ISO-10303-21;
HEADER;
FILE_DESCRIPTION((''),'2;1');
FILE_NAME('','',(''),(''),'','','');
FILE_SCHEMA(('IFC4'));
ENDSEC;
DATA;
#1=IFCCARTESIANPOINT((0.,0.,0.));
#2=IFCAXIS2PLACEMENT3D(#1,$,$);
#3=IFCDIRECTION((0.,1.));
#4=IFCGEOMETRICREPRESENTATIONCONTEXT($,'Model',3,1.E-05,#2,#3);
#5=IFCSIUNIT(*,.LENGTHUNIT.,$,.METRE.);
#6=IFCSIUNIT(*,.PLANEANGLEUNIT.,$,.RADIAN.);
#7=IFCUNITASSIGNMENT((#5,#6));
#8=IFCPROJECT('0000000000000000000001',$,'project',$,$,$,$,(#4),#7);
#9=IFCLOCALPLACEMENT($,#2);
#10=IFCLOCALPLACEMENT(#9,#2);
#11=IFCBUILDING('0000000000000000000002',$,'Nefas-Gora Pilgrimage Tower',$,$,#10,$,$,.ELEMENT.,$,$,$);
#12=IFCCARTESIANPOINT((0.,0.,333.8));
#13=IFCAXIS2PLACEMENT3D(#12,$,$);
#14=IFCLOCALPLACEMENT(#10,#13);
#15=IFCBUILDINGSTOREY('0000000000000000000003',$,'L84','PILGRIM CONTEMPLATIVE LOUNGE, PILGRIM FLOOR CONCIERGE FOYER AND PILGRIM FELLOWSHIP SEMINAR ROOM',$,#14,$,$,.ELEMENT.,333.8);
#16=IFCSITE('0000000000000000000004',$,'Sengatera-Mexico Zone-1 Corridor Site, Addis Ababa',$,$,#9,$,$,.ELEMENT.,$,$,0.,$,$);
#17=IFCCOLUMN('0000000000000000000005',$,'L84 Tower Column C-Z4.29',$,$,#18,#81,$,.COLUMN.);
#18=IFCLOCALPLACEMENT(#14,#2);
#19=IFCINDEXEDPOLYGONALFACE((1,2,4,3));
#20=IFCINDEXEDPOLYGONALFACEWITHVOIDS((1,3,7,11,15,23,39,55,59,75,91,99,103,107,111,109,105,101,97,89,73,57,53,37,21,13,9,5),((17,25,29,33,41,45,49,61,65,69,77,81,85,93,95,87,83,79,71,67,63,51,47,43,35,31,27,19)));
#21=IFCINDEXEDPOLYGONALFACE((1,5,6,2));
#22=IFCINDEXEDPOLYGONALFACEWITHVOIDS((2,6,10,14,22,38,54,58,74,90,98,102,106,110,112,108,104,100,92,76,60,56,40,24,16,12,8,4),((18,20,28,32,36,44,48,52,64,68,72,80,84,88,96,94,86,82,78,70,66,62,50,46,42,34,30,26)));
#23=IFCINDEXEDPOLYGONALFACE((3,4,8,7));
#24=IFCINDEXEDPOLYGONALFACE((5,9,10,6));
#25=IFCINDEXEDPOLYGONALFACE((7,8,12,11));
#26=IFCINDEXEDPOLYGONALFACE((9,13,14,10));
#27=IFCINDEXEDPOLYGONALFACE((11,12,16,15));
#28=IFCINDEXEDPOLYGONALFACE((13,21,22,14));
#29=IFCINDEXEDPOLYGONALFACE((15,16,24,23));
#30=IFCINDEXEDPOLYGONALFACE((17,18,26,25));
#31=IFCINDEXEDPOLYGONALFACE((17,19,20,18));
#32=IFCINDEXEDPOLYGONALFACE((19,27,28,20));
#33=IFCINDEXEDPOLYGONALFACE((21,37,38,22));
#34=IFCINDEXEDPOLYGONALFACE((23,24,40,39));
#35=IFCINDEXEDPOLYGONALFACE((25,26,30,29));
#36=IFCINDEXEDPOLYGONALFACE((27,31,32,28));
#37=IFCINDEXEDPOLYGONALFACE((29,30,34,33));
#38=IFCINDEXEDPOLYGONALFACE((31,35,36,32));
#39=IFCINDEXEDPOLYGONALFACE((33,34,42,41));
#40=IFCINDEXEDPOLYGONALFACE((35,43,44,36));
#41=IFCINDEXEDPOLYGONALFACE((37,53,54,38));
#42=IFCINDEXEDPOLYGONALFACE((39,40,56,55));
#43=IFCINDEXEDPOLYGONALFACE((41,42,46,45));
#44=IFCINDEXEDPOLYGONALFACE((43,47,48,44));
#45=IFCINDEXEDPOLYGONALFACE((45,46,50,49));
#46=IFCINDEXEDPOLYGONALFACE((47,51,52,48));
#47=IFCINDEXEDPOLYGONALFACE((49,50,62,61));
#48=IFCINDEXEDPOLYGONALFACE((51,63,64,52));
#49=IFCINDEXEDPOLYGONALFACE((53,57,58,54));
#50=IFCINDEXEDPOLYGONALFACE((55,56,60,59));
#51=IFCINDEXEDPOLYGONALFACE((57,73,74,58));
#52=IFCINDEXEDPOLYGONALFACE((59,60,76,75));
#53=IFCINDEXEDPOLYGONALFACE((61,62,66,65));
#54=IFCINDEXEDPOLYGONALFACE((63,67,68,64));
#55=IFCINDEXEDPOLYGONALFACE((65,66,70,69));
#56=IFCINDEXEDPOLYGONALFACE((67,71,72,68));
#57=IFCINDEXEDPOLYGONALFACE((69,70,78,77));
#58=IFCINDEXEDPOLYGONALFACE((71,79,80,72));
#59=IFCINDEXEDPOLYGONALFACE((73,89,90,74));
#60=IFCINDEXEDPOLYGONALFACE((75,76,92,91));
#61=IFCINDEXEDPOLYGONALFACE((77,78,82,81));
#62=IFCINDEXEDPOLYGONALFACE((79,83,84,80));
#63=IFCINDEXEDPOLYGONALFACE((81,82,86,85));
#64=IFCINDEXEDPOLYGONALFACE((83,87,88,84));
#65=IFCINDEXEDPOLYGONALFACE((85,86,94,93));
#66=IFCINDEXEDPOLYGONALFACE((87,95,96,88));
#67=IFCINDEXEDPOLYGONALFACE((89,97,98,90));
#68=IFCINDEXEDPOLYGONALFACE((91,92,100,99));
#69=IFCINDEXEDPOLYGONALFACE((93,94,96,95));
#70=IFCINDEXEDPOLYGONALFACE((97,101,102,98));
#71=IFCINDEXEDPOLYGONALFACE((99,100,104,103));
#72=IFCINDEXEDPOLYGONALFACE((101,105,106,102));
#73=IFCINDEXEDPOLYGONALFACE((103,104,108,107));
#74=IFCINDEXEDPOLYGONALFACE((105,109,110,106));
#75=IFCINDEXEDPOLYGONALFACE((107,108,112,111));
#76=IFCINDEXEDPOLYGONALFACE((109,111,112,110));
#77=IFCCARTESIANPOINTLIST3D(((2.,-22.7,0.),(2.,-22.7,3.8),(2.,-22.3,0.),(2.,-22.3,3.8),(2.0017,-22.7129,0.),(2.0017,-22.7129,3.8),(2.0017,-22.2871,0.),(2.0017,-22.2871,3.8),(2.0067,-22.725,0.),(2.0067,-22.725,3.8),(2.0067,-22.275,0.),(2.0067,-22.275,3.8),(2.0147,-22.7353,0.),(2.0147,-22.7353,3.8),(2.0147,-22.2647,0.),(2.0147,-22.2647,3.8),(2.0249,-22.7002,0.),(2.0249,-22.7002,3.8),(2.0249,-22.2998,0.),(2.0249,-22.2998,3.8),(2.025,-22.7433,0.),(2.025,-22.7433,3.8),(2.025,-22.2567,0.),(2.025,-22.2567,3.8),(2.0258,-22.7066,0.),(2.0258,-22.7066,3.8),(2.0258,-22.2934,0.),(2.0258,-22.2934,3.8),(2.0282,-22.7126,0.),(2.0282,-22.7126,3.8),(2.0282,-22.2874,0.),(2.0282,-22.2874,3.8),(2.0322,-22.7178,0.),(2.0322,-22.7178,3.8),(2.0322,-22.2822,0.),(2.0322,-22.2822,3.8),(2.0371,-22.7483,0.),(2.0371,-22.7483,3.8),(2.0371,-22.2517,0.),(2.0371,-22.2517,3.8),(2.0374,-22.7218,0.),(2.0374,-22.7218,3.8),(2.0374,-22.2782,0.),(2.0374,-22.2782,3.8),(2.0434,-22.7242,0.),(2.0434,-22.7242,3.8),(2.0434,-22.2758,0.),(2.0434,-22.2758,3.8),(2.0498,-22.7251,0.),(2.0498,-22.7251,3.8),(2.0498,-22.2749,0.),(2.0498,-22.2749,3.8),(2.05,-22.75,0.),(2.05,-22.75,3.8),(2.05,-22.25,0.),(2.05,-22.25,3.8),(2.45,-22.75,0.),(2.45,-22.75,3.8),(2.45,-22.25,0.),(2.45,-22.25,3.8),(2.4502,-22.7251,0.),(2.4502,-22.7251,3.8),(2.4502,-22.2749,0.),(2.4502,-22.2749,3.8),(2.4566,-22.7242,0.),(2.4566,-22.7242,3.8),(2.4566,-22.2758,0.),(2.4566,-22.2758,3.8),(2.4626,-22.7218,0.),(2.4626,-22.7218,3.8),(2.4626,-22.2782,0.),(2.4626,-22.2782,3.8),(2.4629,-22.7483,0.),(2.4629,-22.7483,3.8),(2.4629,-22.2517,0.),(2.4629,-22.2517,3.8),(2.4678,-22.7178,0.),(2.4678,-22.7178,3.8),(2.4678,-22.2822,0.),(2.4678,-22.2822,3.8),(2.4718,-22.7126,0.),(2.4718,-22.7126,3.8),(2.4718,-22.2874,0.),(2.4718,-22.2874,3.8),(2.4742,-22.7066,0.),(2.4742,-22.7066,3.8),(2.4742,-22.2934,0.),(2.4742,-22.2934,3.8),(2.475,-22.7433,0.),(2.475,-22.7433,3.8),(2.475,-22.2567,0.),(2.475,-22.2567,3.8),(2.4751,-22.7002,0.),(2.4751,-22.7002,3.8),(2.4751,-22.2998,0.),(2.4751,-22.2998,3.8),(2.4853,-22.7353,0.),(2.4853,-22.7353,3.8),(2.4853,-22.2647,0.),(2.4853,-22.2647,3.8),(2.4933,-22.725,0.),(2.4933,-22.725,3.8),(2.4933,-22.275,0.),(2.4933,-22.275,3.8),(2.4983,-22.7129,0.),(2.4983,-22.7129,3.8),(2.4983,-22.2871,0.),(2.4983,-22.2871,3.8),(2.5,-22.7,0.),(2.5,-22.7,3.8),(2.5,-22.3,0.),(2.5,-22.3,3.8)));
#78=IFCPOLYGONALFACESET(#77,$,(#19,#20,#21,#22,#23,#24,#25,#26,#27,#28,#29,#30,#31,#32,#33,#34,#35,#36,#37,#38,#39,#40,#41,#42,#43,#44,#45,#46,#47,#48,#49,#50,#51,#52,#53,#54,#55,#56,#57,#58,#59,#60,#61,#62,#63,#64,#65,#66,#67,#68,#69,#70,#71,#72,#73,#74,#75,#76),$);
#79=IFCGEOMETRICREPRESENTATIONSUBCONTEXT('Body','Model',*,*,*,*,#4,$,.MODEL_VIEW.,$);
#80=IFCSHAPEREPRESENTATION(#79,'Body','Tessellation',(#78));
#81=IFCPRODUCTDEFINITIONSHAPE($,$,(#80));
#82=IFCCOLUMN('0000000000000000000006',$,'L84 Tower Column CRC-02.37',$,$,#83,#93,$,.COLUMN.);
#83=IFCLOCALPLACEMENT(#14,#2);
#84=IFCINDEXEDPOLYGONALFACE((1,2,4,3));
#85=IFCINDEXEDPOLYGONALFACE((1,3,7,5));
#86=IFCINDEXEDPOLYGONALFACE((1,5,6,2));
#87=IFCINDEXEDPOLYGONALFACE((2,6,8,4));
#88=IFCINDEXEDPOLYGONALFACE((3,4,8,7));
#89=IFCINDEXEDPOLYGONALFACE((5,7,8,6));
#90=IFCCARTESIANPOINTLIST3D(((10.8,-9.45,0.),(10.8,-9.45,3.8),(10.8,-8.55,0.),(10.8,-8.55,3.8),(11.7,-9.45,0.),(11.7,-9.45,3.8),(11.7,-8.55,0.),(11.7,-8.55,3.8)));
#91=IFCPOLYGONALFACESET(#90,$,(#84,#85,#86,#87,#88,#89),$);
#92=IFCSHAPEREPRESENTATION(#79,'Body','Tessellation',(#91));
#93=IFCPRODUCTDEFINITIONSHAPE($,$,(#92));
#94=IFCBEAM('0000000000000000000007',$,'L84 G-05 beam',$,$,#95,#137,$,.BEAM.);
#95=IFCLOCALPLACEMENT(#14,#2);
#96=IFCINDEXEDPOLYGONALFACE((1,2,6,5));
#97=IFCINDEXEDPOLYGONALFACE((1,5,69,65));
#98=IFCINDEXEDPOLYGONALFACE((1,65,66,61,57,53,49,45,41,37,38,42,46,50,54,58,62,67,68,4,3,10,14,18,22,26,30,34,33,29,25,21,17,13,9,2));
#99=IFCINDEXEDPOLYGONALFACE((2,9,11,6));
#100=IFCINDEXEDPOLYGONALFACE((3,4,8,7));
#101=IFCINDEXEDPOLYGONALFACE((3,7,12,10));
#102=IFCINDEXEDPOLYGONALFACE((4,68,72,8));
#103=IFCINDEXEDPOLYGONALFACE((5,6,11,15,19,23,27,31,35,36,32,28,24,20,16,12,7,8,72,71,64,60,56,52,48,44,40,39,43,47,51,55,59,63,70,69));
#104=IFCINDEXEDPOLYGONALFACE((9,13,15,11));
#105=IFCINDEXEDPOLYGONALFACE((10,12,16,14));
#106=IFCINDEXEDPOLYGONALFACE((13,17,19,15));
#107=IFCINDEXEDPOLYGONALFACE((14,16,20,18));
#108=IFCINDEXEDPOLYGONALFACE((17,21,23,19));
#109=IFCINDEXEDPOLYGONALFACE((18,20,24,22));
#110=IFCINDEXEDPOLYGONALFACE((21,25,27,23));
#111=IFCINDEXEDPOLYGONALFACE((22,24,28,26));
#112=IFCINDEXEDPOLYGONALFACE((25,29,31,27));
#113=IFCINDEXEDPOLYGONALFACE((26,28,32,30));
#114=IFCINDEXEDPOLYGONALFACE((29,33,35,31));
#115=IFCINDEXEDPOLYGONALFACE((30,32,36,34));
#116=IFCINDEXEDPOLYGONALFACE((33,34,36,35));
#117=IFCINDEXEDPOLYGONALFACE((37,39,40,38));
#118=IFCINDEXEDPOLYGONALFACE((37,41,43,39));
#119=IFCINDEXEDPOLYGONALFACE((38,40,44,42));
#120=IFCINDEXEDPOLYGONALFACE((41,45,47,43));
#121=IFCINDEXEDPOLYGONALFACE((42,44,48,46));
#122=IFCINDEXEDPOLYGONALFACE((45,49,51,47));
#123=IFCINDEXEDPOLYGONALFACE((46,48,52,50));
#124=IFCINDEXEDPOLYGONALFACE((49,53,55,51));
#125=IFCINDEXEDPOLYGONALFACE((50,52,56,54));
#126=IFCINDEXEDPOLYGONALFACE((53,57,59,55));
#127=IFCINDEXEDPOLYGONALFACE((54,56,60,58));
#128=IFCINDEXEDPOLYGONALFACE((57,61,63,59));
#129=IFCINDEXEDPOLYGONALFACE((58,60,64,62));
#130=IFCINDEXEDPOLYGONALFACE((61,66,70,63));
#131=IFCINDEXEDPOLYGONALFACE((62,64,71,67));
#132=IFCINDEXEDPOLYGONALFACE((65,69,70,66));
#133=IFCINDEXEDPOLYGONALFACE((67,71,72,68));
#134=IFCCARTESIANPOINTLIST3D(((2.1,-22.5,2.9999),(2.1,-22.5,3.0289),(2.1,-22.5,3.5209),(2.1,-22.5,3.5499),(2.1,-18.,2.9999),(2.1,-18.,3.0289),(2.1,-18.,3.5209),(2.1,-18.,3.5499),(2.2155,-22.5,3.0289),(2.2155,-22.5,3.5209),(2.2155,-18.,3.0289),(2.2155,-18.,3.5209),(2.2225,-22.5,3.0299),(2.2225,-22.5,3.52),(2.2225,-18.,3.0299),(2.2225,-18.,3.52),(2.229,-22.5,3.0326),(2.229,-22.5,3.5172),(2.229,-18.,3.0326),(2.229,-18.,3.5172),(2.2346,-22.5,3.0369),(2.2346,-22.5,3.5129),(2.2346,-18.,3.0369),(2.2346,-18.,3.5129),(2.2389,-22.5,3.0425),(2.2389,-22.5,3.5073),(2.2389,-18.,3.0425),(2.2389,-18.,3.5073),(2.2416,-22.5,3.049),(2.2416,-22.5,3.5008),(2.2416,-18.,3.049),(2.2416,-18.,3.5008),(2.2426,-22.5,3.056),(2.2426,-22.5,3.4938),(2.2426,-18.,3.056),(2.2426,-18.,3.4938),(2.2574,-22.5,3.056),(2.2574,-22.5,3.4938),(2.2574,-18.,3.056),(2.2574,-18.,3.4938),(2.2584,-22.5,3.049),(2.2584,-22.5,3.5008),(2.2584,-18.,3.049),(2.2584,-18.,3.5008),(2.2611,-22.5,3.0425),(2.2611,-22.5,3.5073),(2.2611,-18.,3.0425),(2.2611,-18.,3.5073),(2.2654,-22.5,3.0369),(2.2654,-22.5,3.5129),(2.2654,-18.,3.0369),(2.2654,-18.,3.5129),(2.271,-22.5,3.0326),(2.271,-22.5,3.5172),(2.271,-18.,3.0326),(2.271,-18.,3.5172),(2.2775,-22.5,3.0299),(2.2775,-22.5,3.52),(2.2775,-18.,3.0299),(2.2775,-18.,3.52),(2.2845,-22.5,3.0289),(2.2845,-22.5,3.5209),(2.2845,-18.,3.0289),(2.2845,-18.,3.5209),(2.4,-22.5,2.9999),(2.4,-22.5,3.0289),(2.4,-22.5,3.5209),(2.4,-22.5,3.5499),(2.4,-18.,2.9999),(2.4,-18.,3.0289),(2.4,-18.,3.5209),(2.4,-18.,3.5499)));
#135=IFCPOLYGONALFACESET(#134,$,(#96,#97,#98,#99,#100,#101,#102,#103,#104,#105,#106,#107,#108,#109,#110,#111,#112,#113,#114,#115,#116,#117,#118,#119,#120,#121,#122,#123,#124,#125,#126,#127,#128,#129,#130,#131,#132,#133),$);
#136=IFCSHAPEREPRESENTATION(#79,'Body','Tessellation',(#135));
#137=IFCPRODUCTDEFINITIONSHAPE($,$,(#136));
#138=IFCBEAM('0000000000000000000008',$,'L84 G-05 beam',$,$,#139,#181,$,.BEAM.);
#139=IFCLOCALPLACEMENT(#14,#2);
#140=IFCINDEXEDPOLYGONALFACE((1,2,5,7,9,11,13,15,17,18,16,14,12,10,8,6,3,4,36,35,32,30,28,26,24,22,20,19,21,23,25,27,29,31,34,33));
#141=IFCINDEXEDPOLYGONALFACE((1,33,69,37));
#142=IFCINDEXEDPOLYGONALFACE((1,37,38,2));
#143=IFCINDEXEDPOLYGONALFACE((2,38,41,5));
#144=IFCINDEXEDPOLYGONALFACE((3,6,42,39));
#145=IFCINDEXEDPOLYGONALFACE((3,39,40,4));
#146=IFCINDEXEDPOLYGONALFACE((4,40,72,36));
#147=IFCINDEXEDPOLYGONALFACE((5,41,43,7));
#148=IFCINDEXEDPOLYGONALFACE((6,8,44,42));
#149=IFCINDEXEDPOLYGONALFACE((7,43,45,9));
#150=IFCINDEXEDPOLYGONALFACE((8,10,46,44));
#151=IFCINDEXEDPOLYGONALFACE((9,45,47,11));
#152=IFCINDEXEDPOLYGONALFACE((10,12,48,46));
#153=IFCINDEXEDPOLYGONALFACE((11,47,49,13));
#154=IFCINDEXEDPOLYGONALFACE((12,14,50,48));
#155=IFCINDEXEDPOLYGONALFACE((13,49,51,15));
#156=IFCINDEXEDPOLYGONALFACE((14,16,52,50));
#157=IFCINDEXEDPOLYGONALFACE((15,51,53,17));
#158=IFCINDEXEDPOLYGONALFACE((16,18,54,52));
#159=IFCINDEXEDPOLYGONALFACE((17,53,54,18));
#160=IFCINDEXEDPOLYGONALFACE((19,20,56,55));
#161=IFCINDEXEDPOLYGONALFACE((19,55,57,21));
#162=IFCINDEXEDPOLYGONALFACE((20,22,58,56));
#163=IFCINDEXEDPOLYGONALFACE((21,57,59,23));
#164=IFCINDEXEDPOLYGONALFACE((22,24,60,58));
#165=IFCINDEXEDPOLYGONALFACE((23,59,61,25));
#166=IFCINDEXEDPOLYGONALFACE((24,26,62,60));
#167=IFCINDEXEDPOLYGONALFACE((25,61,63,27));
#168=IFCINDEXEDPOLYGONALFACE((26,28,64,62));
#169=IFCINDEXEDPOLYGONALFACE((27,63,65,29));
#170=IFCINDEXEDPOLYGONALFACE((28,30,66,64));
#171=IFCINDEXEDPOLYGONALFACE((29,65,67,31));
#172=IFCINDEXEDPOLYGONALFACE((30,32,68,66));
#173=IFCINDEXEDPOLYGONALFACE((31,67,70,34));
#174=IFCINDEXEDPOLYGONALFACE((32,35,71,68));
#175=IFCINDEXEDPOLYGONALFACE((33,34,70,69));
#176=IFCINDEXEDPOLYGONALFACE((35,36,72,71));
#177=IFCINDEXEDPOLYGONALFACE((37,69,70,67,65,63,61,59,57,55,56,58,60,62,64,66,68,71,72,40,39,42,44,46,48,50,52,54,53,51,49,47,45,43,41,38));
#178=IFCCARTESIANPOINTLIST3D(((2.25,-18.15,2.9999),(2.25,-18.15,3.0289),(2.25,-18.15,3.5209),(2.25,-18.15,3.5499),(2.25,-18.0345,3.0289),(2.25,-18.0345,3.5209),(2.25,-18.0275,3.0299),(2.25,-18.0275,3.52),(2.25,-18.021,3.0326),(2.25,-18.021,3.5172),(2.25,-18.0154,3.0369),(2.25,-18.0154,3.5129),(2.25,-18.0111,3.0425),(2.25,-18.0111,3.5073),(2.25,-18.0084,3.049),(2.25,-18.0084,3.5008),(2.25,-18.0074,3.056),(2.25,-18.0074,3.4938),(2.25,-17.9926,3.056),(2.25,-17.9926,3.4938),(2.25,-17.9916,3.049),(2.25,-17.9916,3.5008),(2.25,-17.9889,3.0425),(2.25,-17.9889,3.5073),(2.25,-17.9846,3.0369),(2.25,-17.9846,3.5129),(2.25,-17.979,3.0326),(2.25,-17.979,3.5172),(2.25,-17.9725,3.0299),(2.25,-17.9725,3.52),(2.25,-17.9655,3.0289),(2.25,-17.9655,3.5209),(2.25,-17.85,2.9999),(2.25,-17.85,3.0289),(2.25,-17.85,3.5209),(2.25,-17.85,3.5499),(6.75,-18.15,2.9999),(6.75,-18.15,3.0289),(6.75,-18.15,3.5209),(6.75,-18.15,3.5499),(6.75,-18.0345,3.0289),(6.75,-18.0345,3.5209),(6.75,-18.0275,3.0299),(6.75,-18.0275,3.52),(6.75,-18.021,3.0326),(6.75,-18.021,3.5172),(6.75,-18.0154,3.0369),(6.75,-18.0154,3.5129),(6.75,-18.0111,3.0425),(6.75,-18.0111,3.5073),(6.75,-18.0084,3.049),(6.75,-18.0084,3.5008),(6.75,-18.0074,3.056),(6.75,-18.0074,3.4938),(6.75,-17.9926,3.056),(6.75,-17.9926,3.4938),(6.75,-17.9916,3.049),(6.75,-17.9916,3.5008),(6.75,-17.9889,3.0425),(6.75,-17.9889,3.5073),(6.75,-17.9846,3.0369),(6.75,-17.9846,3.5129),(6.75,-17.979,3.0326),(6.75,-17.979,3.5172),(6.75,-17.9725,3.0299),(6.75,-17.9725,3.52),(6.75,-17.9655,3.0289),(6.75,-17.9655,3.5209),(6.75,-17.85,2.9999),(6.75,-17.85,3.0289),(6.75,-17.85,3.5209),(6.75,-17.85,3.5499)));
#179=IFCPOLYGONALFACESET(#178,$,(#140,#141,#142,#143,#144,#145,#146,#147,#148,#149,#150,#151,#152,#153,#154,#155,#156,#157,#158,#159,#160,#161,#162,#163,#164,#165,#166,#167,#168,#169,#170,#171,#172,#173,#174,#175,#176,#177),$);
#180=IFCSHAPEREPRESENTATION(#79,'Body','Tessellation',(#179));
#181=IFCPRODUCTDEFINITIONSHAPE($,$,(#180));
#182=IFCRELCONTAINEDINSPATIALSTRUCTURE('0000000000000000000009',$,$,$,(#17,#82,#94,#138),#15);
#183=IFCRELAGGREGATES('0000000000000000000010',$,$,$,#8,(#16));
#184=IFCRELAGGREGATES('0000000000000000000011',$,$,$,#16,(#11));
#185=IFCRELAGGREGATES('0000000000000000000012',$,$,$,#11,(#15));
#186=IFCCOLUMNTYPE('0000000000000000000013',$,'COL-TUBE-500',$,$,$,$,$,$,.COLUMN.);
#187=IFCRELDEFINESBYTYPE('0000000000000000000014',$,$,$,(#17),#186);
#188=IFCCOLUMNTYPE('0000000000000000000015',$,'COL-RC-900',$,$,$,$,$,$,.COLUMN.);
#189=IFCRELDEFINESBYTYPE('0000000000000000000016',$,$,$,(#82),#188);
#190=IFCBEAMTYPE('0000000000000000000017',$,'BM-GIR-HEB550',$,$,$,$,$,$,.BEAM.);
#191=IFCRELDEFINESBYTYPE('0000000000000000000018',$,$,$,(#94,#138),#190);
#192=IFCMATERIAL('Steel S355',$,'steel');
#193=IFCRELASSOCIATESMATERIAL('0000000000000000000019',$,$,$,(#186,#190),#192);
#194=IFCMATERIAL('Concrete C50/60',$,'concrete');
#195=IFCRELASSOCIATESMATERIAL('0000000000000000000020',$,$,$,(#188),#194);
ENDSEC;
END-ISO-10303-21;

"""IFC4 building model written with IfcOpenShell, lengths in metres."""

from ifc_helpers import new_model, si_unit, direction, frame, origin, origin_2d, place, context, subcontext, project, spatial, rectangle, hollow_rectangle, i_section, extrude, source, transform, mapped, material, material_profile, profile_set, type_object, element, save


model = new_model("IFC4")

# Units and contexts
model_context = context("Model", 3, precision=1e-05, world=origin(), true_north=direction((0.0, 1.0)))
body_context = subcontext(model_context, "Body", "Model", "MODEL_VIEW")
ifc_project = project(units=[si_unit("LENGTHUNIT", "METRE"), si_unit("PLANEANGLEUNIT", "RADIAN")], contexts=[model_context])

# Site, building, storey
site_placement = place(None, origin())
site = spatial("IfcSite", under=ifc_project, at=site_placement, Name="Sengatera-Mexico Zone-1 Corridor Site, Addis Ababa", CompositionType="ELEMENT", RefElevation=0.0)
building_placement = place(site_placement, origin())
building = spatial("IfcBuilding", under=site, at=building_placement, Name="Nefas-Gora Pilgrimage Tower", CompositionType="ELEMENT")
storey_placement = place(building_placement, frame((0.0, 0.0, 333.8)))
storey = spatial("IfcBuildingStorey", under=building, at=storey_placement, Name="L84", Description="PILGRIM CONTEMPLATIVE LOUNGE, PILGRIM FLOOR CONCIERGE FOYER AND PILGRIM FELLOWSHIP SEMINAR ROOM", CompositionType="ELEMENT", Elevation=333.8)

# Columns
ifc_material_1 = material(Name="Steel S355", Category="steel")
ifc_material_profile_1 = material_profile(ifc_material_1, hollow_rectangle(XDim=0.5, YDim=0.5, WallThickness=0.0249, InnerFilletRadius=0.0249, OuterFilletRadius=0.05, at=origin_2d()), Name="SHS 500x500x25")
ifc_profile_set_1 = profile_set([ifc_material_profile_1], Name="Steel S355")
column_type_1 = type_object("IfcColumnType", Name="COL-TUBE-500", PredefinedType="COLUMN", material=ifc_profile_set_1)
shared_shape_1 = source(origin(), body_context, "Body", "SweptSolid", [
    extrude(hollow_rectangle(XDim=0.5, YDim=0.5, WallThickness=0.0249, InnerFilletRadius=0.0249, OuterFilletRadius=0.05, at=origin_2d()), origin(), (0.0, 0.0, 1.0), 3.8),
])
column_1_placement = place(storey_placement, frame((2.25, -22.5, 0.0), z_axis=(0.0, 0.0, 1.0), x_axis=(1.0, 0.0, 0.0)))
element("IfcColumn", 1, at=column_1_placement, inside=storey, type_object=column_type_1, Name="L84 Tower Column C-Z4.29", PredefinedType="COLUMN", context=body_context, shape_type="MappedRepresentation", body=[
    mapped(shared_shape_1, transform((0.0, 0.0, 0.0), x_axis=(1.0, 0.0, 0.0), y_axis=(0.0, 1.0, 0.0), z_axis=(0.0, 0.0, 1.0), scale=1.0)),
])
ifc_material_2 = material(Name="Concrete C50/60", Category="concrete")
ifc_material_profile_2 = material_profile(ifc_material_2, rectangle(XDim=0.8999, YDim=0.8999, at=origin_2d()), Name="RC 900x900")
ifc_profile_set_2 = profile_set([ifc_material_profile_2], Name="Concrete C50/60")
column_type_2 = type_object("IfcColumnType", Name="COL-RC-900", PredefinedType="COLUMN", material=ifc_profile_set_2)
shared_shape_2 = source(origin(), body_context, "Body", "SweptSolid", [
    extrude(rectangle(XDim=0.8999, YDim=0.8999, at=origin_2d()), origin(), (0.0, 0.0, 1.0), 3.8),
])
column_2_placement = place(storey_placement, frame((11.25, -9.0, 0.0), z_axis=(0.0, 0.0, 1.0), x_axis=(1.0, 0.0, 0.0)))
element("IfcColumn", 2, at=column_2_placement, inside=storey, type_object=column_type_2, Name="L84 Tower Column CRC-02.37", PredefinedType="COLUMN", context=body_context, shape_type="MappedRepresentation", body=[
    mapped(shared_shape_2, transform((0.0, 0.0, 0.0), x_axis=(1.0, 0.0, 0.0), y_axis=(0.0, 1.0, 0.0), z_axis=(0.0, 0.0, 1.0), scale=1.0)),
])

# Beams
ifc_material_profile_3 = material_profile(ifc_material_1, i_section(OverallWidth=0.3, OverallDepth=0.55, WebThickness=0.0149, FlangeThickness=0.0291, FilletRadius=0.0271, at=origin_2d()), Name="HEB 550")
ifc_profile_set_3 = profile_set([ifc_material_profile_3], Name="Steel S355")
beam_type = type_object("IfcBeamType", Name="BM-GIR-HEB550", PredefinedType="BEAM", material=ifc_profile_set_3)
shared_shape_3 = source(origin(), body_context, "Body", "SweptSolid", [
    extrude(i_section(OverallWidth=0.3, OverallDepth=0.55, WebThickness=0.0149, FlangeThickness=0.0291, FilletRadius=0.0271, at=origin_2d()), origin(), (0.0, 0.0, 1.0), 4.5),
])
for number, where, z_axis, x_axis, name in (
    (3, (2.25, -22.5, 3.2749), (0.0, 1.0, 0.0), (-1.0, 0.0, 0.0), "L84 G-05 beam"),
    (4, (2.25, -18.0, 3.2749), (1.0, 0.0, 0.0), (0.0, 1.0, 0.0), "L84 G-05 beam"),
):
    element("IfcBeam", number, at=place(storey_placement, frame(where, z_axis=z_axis, x_axis=x_axis)), inside=storey, type_object=beam_type, Name=name, PredefinedType="BEAM", context=body_context, shape_type="MappedRepresentation", body=[
        mapped(shared_shape_3, transform((0.0, 0.0, 0.0), x_axis=(1.0, 0.0, 0.0), y_axis=(0.0, 1.0, 0.0), z_axis=(0.0, 0.0, 1.0), scale=1.0)),
    ])

save(model, "model.ifc")
